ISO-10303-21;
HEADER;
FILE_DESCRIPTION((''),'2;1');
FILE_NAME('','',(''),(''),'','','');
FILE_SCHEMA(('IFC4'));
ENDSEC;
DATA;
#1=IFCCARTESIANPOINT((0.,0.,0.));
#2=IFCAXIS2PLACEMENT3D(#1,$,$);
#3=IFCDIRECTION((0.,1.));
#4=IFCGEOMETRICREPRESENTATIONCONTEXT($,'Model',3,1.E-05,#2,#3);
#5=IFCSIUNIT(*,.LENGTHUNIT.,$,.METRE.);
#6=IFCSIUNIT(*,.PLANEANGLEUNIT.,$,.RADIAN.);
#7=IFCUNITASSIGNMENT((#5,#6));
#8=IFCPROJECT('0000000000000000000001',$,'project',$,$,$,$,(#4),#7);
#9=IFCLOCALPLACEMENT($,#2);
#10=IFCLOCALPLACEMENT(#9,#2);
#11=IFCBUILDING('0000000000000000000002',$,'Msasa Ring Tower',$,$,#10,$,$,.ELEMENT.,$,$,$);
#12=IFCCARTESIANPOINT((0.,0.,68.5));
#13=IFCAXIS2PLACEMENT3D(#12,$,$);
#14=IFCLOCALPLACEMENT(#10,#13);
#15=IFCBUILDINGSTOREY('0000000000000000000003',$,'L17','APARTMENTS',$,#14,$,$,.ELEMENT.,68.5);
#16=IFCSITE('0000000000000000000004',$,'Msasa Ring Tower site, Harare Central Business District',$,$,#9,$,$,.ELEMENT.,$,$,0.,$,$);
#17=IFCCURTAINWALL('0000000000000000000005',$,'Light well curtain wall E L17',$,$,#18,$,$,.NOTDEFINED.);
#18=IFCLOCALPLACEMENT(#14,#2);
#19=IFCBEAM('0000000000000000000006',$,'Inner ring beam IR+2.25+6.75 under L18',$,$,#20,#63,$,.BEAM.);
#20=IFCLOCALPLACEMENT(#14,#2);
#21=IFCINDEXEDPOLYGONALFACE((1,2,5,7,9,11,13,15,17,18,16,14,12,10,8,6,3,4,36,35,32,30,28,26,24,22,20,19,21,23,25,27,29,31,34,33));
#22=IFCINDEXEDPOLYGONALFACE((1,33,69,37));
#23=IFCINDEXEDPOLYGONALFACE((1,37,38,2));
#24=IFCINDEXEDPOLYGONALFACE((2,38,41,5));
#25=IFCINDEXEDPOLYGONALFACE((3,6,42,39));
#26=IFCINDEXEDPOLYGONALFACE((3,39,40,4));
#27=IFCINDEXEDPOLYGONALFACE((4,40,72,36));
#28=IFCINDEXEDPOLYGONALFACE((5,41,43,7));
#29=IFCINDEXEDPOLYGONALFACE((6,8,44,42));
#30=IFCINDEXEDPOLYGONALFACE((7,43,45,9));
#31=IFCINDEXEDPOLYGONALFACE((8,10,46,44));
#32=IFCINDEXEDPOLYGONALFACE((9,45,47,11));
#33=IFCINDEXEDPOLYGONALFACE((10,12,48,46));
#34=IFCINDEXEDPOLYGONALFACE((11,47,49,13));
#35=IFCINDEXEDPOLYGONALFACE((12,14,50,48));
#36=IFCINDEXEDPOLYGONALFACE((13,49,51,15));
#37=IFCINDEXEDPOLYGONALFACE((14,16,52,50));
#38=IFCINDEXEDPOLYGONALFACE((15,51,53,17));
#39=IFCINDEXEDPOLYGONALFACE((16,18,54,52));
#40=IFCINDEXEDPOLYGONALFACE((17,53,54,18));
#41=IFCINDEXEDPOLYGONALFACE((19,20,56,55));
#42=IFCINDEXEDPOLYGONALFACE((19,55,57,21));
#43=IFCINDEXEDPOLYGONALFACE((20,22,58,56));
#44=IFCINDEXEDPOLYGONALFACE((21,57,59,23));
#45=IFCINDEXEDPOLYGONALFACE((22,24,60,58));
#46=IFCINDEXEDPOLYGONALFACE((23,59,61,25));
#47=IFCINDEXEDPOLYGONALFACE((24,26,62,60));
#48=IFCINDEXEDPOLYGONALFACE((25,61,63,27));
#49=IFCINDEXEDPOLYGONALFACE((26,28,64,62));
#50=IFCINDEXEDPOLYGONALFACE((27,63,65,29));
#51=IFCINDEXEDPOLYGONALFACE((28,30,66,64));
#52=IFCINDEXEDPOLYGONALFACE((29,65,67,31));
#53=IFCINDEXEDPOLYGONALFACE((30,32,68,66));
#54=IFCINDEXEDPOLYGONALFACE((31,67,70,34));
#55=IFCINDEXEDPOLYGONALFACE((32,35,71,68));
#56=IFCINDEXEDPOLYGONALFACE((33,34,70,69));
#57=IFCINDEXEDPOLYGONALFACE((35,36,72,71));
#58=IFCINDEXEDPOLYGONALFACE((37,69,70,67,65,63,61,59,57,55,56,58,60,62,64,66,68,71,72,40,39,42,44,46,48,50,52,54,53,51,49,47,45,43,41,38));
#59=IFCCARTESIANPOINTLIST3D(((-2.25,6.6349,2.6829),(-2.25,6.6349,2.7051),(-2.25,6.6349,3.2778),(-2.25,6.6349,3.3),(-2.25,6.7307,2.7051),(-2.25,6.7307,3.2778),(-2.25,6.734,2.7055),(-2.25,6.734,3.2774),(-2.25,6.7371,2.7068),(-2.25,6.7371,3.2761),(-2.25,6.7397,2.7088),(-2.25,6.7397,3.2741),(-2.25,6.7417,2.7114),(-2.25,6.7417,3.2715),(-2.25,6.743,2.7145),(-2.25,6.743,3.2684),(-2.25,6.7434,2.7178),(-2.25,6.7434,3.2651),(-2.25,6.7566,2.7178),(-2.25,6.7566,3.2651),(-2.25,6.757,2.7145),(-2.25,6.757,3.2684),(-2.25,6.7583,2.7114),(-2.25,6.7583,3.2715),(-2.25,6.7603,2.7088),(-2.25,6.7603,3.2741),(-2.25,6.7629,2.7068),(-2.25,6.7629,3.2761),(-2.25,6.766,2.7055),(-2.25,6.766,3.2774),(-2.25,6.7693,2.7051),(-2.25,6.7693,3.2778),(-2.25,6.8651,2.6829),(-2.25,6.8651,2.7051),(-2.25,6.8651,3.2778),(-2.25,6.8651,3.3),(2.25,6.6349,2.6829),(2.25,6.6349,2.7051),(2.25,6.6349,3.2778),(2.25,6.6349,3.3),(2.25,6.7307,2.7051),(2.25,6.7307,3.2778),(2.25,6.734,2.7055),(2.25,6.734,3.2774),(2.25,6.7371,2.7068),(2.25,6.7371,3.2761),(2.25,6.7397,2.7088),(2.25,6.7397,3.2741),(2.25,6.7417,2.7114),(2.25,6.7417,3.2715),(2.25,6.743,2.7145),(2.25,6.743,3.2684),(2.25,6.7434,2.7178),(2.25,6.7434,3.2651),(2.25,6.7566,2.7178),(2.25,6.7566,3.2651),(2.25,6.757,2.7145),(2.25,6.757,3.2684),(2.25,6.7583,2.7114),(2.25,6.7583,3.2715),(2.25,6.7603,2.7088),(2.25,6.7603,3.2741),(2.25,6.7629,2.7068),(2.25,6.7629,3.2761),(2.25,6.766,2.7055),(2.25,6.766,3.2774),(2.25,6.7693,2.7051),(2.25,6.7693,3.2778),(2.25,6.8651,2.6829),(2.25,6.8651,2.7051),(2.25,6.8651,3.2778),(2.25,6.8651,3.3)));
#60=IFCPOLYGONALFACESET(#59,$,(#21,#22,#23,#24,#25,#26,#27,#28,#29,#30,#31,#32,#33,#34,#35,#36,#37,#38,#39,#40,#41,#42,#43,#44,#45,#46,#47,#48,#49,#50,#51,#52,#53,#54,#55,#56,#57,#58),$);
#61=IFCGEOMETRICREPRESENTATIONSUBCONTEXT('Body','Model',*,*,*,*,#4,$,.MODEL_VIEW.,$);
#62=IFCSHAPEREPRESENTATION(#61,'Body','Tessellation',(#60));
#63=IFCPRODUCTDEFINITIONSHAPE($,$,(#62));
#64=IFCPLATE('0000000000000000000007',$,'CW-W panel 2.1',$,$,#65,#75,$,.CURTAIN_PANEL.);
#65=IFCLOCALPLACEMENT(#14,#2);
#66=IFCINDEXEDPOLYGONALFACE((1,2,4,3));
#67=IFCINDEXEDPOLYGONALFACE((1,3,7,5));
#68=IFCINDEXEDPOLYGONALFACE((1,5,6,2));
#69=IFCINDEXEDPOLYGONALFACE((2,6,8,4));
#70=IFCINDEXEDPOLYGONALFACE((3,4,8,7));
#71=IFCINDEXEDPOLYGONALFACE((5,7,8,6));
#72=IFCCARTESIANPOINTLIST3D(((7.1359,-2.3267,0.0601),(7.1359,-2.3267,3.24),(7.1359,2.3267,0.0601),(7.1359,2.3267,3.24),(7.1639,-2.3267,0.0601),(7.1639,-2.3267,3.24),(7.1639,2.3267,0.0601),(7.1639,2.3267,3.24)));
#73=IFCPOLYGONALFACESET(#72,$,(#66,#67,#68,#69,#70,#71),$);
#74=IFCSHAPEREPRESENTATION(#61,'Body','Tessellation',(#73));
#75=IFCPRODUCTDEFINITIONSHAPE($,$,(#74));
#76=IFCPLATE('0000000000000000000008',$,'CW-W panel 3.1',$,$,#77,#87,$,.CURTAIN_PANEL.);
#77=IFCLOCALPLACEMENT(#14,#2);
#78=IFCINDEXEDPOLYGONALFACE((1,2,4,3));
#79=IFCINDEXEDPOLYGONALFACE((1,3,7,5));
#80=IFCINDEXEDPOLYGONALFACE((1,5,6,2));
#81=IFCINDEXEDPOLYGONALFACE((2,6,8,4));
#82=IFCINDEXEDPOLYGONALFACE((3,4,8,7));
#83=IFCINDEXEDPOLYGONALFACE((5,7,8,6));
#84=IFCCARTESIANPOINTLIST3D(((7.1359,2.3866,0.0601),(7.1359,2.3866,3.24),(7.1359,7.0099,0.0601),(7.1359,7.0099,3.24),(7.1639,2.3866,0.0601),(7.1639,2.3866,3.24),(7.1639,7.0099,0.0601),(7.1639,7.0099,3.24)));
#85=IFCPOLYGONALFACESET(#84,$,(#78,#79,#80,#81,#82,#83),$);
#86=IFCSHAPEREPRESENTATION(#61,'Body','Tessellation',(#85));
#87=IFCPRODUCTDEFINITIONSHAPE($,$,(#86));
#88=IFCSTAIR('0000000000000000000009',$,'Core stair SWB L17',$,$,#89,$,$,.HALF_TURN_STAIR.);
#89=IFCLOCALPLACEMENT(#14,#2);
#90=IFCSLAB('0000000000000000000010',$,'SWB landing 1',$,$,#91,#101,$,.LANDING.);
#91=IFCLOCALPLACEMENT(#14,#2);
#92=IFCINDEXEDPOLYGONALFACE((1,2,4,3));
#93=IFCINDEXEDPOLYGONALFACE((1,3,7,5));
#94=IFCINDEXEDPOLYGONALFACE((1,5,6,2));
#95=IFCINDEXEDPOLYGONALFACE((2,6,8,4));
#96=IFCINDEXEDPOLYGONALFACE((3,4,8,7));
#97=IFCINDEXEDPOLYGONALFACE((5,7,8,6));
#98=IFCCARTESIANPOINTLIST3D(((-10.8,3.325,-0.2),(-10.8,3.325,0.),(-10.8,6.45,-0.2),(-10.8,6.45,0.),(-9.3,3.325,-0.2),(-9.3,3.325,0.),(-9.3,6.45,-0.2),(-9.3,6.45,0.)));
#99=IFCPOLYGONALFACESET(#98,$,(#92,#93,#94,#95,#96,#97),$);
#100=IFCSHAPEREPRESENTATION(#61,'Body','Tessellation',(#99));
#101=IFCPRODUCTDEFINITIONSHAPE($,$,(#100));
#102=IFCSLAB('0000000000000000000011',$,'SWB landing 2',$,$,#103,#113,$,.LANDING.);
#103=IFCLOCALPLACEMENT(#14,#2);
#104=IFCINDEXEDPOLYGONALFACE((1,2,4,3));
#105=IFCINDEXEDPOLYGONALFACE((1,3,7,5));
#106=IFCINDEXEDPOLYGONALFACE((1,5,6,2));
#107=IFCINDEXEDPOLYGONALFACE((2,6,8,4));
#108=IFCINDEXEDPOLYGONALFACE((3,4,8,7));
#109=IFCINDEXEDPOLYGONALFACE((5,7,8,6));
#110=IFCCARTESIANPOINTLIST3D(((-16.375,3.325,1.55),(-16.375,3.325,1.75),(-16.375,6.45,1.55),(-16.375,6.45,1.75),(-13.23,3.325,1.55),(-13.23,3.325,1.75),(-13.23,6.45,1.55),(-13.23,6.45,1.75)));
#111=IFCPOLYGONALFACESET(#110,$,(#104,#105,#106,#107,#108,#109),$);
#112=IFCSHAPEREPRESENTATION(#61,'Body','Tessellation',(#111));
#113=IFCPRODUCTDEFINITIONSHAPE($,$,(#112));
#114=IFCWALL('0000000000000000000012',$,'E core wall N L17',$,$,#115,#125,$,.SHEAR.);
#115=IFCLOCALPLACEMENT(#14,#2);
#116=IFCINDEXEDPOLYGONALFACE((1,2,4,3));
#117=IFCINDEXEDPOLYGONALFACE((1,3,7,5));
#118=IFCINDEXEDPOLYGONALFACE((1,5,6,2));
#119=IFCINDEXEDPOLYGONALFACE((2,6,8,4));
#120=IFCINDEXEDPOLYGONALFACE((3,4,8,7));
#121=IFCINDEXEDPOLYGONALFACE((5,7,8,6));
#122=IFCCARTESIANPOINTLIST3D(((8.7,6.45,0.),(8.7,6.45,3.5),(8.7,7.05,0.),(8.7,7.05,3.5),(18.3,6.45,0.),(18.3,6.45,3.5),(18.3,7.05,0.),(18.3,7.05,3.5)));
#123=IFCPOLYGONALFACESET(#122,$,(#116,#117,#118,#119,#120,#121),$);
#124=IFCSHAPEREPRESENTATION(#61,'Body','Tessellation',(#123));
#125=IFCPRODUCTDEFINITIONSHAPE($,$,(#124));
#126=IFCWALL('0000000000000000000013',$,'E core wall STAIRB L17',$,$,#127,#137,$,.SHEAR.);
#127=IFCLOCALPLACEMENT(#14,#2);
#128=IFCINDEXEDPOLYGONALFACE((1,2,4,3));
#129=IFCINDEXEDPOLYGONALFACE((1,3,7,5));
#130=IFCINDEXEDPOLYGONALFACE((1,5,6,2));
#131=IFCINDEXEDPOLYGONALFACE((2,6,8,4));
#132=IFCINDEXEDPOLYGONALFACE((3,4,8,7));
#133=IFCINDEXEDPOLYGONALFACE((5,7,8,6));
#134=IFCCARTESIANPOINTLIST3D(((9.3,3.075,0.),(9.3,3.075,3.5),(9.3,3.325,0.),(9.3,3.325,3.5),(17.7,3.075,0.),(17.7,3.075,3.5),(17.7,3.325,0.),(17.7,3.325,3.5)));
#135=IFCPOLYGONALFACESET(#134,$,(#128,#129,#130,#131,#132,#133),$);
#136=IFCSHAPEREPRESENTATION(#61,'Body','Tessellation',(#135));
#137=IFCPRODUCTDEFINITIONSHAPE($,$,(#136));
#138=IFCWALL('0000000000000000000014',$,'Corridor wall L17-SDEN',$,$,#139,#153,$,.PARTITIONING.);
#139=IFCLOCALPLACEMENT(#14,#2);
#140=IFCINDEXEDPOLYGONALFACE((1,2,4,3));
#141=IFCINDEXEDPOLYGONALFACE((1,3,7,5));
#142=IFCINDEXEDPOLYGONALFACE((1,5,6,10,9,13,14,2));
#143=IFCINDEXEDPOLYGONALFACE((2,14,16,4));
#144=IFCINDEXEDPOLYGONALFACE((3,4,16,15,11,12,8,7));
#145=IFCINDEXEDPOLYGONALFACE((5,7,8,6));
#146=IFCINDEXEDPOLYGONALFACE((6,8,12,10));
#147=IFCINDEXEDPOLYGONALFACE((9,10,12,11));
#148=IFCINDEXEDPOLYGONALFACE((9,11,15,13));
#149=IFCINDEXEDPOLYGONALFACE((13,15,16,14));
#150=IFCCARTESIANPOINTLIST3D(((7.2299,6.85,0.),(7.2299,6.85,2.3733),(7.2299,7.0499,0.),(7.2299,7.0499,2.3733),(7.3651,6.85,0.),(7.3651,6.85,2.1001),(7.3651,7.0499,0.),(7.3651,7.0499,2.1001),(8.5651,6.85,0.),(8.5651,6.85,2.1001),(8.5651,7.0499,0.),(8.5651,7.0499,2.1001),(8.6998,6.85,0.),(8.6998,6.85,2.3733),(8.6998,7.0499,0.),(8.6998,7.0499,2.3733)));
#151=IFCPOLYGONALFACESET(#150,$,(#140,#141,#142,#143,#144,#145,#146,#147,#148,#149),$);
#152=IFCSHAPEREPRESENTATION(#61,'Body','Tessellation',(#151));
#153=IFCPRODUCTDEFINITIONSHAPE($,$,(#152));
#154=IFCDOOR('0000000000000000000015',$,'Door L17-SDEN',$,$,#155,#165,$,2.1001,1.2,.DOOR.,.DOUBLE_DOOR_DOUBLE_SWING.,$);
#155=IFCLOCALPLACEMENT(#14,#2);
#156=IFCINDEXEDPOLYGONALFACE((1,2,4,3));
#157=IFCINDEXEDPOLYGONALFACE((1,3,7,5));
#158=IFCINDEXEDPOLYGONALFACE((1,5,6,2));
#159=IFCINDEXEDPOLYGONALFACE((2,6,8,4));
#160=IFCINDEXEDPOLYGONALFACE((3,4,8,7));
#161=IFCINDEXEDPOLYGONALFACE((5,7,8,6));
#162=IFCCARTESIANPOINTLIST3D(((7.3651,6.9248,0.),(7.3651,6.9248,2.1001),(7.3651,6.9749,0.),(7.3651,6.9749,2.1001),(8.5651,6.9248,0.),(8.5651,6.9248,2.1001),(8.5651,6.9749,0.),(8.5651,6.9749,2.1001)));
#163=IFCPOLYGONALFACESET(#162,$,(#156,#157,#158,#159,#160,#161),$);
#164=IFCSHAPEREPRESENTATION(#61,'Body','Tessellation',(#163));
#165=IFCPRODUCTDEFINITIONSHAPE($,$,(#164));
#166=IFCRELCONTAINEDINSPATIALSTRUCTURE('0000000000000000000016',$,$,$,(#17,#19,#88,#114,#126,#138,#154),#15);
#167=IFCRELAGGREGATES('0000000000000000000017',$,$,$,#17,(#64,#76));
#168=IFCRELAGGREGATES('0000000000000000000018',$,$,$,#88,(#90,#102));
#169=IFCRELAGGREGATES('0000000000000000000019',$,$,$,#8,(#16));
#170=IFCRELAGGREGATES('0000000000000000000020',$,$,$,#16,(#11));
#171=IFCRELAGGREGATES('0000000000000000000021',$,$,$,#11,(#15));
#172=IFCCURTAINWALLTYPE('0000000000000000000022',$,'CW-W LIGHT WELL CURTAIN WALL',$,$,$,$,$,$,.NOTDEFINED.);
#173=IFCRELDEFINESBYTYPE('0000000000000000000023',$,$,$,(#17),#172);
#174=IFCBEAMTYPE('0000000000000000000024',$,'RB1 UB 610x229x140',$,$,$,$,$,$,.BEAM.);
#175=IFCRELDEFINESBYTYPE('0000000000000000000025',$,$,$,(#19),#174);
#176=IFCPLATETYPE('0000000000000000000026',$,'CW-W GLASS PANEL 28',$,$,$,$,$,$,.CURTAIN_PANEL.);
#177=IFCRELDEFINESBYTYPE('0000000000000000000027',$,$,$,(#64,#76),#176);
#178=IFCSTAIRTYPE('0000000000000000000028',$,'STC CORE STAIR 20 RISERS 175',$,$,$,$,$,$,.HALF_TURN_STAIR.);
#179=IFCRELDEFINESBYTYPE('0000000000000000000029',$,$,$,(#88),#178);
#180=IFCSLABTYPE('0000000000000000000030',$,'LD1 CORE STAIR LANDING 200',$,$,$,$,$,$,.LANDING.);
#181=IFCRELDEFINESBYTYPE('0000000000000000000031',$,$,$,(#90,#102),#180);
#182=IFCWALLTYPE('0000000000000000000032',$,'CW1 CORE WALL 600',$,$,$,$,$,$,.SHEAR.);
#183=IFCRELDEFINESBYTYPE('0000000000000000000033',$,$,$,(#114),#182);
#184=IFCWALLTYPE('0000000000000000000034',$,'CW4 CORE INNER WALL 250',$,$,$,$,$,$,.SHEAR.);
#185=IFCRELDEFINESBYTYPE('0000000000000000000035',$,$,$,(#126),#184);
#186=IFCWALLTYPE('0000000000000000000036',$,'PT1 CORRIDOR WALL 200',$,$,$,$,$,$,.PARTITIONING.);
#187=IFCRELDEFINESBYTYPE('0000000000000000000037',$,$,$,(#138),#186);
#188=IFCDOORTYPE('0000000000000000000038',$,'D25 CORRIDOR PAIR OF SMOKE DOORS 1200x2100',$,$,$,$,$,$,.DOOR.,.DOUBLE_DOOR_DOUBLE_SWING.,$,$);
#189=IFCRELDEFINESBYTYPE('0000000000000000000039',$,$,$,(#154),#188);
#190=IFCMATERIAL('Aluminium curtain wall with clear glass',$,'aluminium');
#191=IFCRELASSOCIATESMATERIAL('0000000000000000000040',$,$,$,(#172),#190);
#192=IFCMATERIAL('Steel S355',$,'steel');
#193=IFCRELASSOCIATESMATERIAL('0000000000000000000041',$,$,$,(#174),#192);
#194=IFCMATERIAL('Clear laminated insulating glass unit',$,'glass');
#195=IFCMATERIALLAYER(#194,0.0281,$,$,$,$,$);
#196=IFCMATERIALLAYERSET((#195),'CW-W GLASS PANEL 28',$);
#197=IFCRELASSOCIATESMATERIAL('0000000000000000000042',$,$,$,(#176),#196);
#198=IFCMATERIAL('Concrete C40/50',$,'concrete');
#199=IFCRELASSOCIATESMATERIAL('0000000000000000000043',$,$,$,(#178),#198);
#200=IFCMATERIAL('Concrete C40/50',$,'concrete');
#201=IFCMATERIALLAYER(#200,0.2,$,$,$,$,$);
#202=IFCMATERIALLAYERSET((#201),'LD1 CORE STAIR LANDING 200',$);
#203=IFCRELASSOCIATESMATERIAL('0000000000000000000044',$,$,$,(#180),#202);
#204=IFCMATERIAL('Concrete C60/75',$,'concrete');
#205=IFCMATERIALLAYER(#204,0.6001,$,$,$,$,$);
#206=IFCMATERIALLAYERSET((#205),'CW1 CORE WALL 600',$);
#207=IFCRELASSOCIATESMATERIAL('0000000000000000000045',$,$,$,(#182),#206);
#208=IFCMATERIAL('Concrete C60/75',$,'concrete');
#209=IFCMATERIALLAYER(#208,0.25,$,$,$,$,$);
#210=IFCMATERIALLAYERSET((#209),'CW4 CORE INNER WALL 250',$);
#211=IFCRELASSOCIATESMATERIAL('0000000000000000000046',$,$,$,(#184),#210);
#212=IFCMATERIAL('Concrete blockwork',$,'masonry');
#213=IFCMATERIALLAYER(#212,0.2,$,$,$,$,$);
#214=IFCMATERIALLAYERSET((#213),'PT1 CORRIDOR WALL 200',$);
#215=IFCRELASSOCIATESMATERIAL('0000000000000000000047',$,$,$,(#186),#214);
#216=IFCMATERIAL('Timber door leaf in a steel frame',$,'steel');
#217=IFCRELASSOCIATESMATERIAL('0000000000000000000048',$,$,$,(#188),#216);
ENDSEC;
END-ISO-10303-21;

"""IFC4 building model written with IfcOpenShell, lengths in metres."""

from ifc_helpers import new_model, si_unit, direction, frame, frame_2d, origin, origin_2d, place, context, subcontext, project, spatial, polyline, rectangle, i_section, outline, extrude, material, layer, layer_set, material_profile, profile_set, type_object, element, fill, aggregate, save


model = new_model("IFC4")

# Units and contexts
model_context = context("Model", 3, precision=1e-05, world=origin(), true_north=direction((0.0, 1.0)))
body_context = subcontext(model_context, "Body", "Model", "MODEL_VIEW")
ifc_project = project(units=[si_unit("LENGTHUNIT", "METRE"), si_unit("PLANEANGLEUNIT", "RADIAN")], contexts=[model_context])

# Site, building, storey
site_placement = place(None, origin())
site = spatial("IfcSite", under=ifc_project, at=site_placement, Name="Msasa Ring Tower site, Harare Central Business District", CompositionType="ELEMENT", RefElevation=0.0)
building_placement = place(site_placement, origin())
building = spatial("IfcBuilding", under=site, at=building_placement, Name="Msasa Ring Tower", CompositionType="ELEMENT")
storey_placement = place(building_placement, frame((0.0, 0.0, 68.5)))
storey = spatial("IfcBuildingStorey", under=building, at=storey_placement, Name="L17", Description="APARTMENTS", CompositionType="ELEMENT", Elevation=68.5)

# Curtain wall
ifc_material_1 = material(Name="Aluminium curtain wall with clear glass", Category="aluminium")
curtain_wall_type = type_object("IfcCurtainWallType", Name="CW-W LIGHT WELL CURTAIN WALL", PredefinedType="NOTDEFINED", material=ifc_material_1)
curtain_wall_placement = place(storey_placement, origin())
curtain_wall = element("IfcCurtainWall", 1, at=curtain_wall_placement, inside=storey, type_object=curtain_wall_type, Name="Light well curtain wall E L17", PredefinedType="NOTDEFINED")

# Beam
ifc_material_2 = material(Name="Steel S355", Category="steel")
ifc_material_profile_1 = material_profile(ifc_material_2, i_section(OverallWidth=0.2302, OverallDepth=0.6172, WebThickness=0.0132, FlangeThickness=0.0222, FilletRadius=0.0127, at=origin_2d()), Name="UB 610x229x140")
ifc_profile_set_1 = profile_set([ifc_material_profile_1], Name="Steel S355")
beam_type = type_object("IfcBeamType", Name="RB1 UB 610x229x140", PredefinedType="BEAM", material=ifc_profile_set_1)
for number, where, z_axis, x_axis, name in (
    (2, (2.25, 6.75, 2.9915), (-1.0, 0.0, 0.0), (0.0, -1.0, 0.0), "Inner ring beam IR+2.25+6.75 under L18"),
):
    element("IfcBeam", number, at=place(storey_placement, frame(where, z_axis=z_axis, x_axis=x_axis)), inside=storey, type_object=beam_type, Name=name, PredefinedType="BEAM", context=body_context, shape_type="SweptSolid", body=[
        extrude(i_section(OverallWidth=0.2302, OverallDepth=0.6172, WebThickness=0.0132, FlangeThickness=0.0222, FilletRadius=0.0127, at=origin_2d()), origin(), (0.0, 0.0, 1.0), 4.5),
    ])

# Plates
ifc_material_3 = material(Name="Clear laminated insulating glass unit", Category="glass")
ifc_layer_1 = layer(ifc_material_3, 0.0281)
ifc_layer_set_1 = layer_set([ifc_layer_1], Name="CW-W GLASS PANEL 28")
plate_type = type_object("IfcPlateType", Name="CW-W GLASS PANEL 28", PredefinedType="CURTAIN_PANEL", material=ifc_layer_set_1)
plate_1_placement = place(storey_placement, frame((7.1499, 0.0, 0.0601), z_axis=(0.0, 0.0, 1.0), x_axis=(0.0, 1.0, 0.0)))
plate_1 = element("IfcPlate", 3, at=plate_1_placement, type_object=plate_type, Name="CW-W panel 2.1", PredefinedType="CURTAIN_PANEL", context=body_context, shape_type="SweptSolid", body=[
    extrude(rectangle(XDim=4.6533, YDim=0.0281, at=origin_2d()), origin(), (0.0, 0.0, 1.0), 3.1799),
])
plate_2_placement = place(storey_placement, frame((7.1499, 4.6982, 0.0601), z_axis=(0.0, 0.0, 1.0), x_axis=(0.0, 1.0, 0.0)))
plate_2 = element("IfcPlate", 4, at=plate_2_placement, type_object=plate_type, Name="CW-W panel 3.1", PredefinedType="CURTAIN_PANEL", context=body_context, shape_type="SweptSolid", body=[
    extrude(rectangle(XDim=4.6233, YDim=0.0281, at=origin_2d()), origin(), (0.0, 0.0, 1.0), 3.1799),
])
aggregate(curtain_wall, [plate_1, plate_2])

# Stair, slabs
ifc_material_4 = material(Name="Concrete C40/50", Category="concrete")
stair_type = type_object("IfcStairType", Name="STC CORE STAIR 20 RISERS 175", PredefinedType="HALF_TURN_STAIR", material=ifc_material_4)
stair_1_placement = place(storey_placement, origin())
stair_1 = element("IfcStair", 5, at=stair_1_placement, inside=storey, type_object=stair_type, Name="Core stair SWB L17", PredefinedType="HALF_TURN_STAIR")
ifc_material_5 = material(Name="Concrete C40/50", Category="concrete")
ifc_layer_2 = layer(ifc_material_5, 0.2)
ifc_layer_set_2 = layer_set([ifc_layer_2], Name="LD1 CORE STAIR LANDING 200")
slab_type = type_object("IfcSlabType", Name="LD1 CORE STAIR LANDING 200", PredefinedType="LANDING", material=ifc_layer_set_2)
slab_1_placement = place(storey_placement, frame((0.0, 0.0, -0.2)))
slab_1 = element("IfcSlab", 6, at=slab_1_placement, type_object=slab_type, Name="SWB landing 1", PredefinedType="LANDING", context=body_context, shape_type="SweptSolid", body=[
    extrude(outline(polyline([(-10.8, 3.325), (-9.3, 3.325), (-9.3, 6.45), (-10.8, 6.45), (-10.8, 3.325)])), origin(), (0.0, 0.0, 1.0), 0.2),
])
slab_2_placement = place(storey_placement, frame((0.0, 0.0, 1.55)))
slab_2 = element("IfcSlab", 7, at=slab_2_placement, type_object=slab_type, Name="SWB landing 2", PredefinedType="LANDING", context=body_context, shape_type="SweptSolid", body=[
    extrude(outline(polyline([(-16.375, 3.325), (-13.23, 3.325), (-13.23, 6.45), (-16.375, 6.45), (-16.375, 3.325)])), origin(), (0.0, 0.0, 1.0), 0.2),
])
aggregate(stair_1, [slab_1, slab_2])

# Walls
ifc_material_6 = material(Name="Concrete C60/75", Category="concrete")
ifc_layer_3 = layer(ifc_material_6, 0.6001)
ifc_layer_set_3 = layer_set([ifc_layer_3], Name="CW1 CORE WALL 600")
wall_type_1 = type_object("IfcWallType", Name="CW1 CORE WALL 600", PredefinedType="SHEAR", material=ifc_layer_set_3)
wall_1_placement = place(storey_placement, frame((8.7, 6.75, 0.0), z_axis=(0.0, 0.0, 1.0), x_axis=(1.0, 0.0, 0.0)))
element("IfcWall", 8, at=wall_1_placement, inside=storey, type_object=wall_type_1, Name="E core wall N L17", PredefinedType="SHEAR", context=body_context, shape_type="SweptSolid", body=[
    extrude(rectangle(XDim=9.6001, YDim=0.6001, at=frame_2d((4.8, 0.0))), origin(), (0.0, 0.0, 1.0), 3.5),
])
ifc_material_7 = material(Name="Concrete C60/75", Category="concrete")
ifc_layer_4 = layer(ifc_material_7, 0.25)
ifc_layer_set_4 = layer_set([ifc_layer_4], Name="CW4 CORE INNER WALL 250")
wall_type_2 = type_object("IfcWallType", Name="CW4 CORE INNER WALL 250", PredefinedType="SHEAR", material=ifc_layer_set_4)
wall_2_placement = place(storey_placement, frame((9.3, 3.2, 0.0), z_axis=(0.0, 0.0, 1.0), x_axis=(1.0, 0.0, 0.0)))
element("IfcWall", 9, at=wall_2_placement, inside=storey, type_object=wall_type_2, Name="E core wall STAIRB L17", PredefinedType="SHEAR", context=body_context, shape_type="SweptSolid", body=[
    extrude(rectangle(XDim=8.3999, YDim=0.25, at=frame_2d((4.2, 0.0))), origin(), (0.0, 0.0, 1.0), 3.5),
])

# Wall, opening, door
ifc_material_8 = material(Name="Concrete blockwork", Category="masonry")
ifc_layer_5 = layer(ifc_material_8, 0.2)
ifc_layer_set_5 = layer_set([ifc_layer_5], Name="PT1 CORRIDOR WALL 200")
wall_type_3 = type_object("IfcWallType", Name="PT1 CORRIDOR WALL 200", PredefinedType="PARTITIONING", material=ifc_layer_set_5)
wall_3_placement = place(storey_placement, frame((7.23, 6.95, 0.0), z_axis=(0.0, 0.0, 1.0), x_axis=(1.0, 0.0, 0.0)))
wall_3 = element("IfcWall", 10, at=wall_3_placement, inside=storey, type_object=wall_type_3, Name="Corridor wall L17-SDEN", PredefinedType="PARTITIONING", context=body_context, shape_type="SweptSolid", body=[
    extrude(rectangle(XDim=1.47, YDim=0.2, at=frame_2d((0.7349, 0.0))), origin(), (0.0, 0.0, 1.0), 2.3733),
])
opening_placement = place(wall_3_placement, frame((0.135, 0.0, 0.0)))
opening = element("IfcOpeningElement", 11, at=opening_placement, cuts=wall_3, PredefinedType="OPENING", context=body_context, shape_type="SweptSolid", body=[
    extrude(rectangle(XDim=1.2, YDim=2.1001, at=frame_2d((0.6001, 1.05))), frame((0.0, 0.1099, 0.0), z_axis=(0.0, -1.0, 0.0), x_axis=(1.0, 0.0, 0.0)), (0.0, 0.0, 1.0), 0.22),
])
ifc_material_9 = material(Name="Timber door leaf in a steel frame", Category="steel")
door_type = type_object("IfcDoorType", Name="D25 CORRIDOR PAIR OF SMOKE DOORS 1200x2100", OperationType="DOUBLE_DOOR_DOUBLE_SWING", PredefinedType="DOOR", material=ifc_material_9)
door_placement = place(opening_placement, origin())
door = element("IfcDoor", 12, at=door_placement, inside=storey, type_object=door_type, Name="Door L17-SDEN", OperationType="DOUBLE_DOOR_DOUBLE_SWING", OverallHeight=2.1001, OverallWidth=1.2, PredefinedType="DOOR", context=body_context, shape_type="SweptSolid", body=[
    extrude(rectangle(XDim=1.2, YDim=2.1001, at=frame_2d((0.6001, 1.05))), frame((0.0, 0.0249, 0.0), z_axis=(0.0, -1.0, 0.0), x_axis=(1.0, 0.0, 0.0)), (0.0, 0.0, 1.0), 0.05),
])
fill(opening, door)

save(model, "model.ifc")
